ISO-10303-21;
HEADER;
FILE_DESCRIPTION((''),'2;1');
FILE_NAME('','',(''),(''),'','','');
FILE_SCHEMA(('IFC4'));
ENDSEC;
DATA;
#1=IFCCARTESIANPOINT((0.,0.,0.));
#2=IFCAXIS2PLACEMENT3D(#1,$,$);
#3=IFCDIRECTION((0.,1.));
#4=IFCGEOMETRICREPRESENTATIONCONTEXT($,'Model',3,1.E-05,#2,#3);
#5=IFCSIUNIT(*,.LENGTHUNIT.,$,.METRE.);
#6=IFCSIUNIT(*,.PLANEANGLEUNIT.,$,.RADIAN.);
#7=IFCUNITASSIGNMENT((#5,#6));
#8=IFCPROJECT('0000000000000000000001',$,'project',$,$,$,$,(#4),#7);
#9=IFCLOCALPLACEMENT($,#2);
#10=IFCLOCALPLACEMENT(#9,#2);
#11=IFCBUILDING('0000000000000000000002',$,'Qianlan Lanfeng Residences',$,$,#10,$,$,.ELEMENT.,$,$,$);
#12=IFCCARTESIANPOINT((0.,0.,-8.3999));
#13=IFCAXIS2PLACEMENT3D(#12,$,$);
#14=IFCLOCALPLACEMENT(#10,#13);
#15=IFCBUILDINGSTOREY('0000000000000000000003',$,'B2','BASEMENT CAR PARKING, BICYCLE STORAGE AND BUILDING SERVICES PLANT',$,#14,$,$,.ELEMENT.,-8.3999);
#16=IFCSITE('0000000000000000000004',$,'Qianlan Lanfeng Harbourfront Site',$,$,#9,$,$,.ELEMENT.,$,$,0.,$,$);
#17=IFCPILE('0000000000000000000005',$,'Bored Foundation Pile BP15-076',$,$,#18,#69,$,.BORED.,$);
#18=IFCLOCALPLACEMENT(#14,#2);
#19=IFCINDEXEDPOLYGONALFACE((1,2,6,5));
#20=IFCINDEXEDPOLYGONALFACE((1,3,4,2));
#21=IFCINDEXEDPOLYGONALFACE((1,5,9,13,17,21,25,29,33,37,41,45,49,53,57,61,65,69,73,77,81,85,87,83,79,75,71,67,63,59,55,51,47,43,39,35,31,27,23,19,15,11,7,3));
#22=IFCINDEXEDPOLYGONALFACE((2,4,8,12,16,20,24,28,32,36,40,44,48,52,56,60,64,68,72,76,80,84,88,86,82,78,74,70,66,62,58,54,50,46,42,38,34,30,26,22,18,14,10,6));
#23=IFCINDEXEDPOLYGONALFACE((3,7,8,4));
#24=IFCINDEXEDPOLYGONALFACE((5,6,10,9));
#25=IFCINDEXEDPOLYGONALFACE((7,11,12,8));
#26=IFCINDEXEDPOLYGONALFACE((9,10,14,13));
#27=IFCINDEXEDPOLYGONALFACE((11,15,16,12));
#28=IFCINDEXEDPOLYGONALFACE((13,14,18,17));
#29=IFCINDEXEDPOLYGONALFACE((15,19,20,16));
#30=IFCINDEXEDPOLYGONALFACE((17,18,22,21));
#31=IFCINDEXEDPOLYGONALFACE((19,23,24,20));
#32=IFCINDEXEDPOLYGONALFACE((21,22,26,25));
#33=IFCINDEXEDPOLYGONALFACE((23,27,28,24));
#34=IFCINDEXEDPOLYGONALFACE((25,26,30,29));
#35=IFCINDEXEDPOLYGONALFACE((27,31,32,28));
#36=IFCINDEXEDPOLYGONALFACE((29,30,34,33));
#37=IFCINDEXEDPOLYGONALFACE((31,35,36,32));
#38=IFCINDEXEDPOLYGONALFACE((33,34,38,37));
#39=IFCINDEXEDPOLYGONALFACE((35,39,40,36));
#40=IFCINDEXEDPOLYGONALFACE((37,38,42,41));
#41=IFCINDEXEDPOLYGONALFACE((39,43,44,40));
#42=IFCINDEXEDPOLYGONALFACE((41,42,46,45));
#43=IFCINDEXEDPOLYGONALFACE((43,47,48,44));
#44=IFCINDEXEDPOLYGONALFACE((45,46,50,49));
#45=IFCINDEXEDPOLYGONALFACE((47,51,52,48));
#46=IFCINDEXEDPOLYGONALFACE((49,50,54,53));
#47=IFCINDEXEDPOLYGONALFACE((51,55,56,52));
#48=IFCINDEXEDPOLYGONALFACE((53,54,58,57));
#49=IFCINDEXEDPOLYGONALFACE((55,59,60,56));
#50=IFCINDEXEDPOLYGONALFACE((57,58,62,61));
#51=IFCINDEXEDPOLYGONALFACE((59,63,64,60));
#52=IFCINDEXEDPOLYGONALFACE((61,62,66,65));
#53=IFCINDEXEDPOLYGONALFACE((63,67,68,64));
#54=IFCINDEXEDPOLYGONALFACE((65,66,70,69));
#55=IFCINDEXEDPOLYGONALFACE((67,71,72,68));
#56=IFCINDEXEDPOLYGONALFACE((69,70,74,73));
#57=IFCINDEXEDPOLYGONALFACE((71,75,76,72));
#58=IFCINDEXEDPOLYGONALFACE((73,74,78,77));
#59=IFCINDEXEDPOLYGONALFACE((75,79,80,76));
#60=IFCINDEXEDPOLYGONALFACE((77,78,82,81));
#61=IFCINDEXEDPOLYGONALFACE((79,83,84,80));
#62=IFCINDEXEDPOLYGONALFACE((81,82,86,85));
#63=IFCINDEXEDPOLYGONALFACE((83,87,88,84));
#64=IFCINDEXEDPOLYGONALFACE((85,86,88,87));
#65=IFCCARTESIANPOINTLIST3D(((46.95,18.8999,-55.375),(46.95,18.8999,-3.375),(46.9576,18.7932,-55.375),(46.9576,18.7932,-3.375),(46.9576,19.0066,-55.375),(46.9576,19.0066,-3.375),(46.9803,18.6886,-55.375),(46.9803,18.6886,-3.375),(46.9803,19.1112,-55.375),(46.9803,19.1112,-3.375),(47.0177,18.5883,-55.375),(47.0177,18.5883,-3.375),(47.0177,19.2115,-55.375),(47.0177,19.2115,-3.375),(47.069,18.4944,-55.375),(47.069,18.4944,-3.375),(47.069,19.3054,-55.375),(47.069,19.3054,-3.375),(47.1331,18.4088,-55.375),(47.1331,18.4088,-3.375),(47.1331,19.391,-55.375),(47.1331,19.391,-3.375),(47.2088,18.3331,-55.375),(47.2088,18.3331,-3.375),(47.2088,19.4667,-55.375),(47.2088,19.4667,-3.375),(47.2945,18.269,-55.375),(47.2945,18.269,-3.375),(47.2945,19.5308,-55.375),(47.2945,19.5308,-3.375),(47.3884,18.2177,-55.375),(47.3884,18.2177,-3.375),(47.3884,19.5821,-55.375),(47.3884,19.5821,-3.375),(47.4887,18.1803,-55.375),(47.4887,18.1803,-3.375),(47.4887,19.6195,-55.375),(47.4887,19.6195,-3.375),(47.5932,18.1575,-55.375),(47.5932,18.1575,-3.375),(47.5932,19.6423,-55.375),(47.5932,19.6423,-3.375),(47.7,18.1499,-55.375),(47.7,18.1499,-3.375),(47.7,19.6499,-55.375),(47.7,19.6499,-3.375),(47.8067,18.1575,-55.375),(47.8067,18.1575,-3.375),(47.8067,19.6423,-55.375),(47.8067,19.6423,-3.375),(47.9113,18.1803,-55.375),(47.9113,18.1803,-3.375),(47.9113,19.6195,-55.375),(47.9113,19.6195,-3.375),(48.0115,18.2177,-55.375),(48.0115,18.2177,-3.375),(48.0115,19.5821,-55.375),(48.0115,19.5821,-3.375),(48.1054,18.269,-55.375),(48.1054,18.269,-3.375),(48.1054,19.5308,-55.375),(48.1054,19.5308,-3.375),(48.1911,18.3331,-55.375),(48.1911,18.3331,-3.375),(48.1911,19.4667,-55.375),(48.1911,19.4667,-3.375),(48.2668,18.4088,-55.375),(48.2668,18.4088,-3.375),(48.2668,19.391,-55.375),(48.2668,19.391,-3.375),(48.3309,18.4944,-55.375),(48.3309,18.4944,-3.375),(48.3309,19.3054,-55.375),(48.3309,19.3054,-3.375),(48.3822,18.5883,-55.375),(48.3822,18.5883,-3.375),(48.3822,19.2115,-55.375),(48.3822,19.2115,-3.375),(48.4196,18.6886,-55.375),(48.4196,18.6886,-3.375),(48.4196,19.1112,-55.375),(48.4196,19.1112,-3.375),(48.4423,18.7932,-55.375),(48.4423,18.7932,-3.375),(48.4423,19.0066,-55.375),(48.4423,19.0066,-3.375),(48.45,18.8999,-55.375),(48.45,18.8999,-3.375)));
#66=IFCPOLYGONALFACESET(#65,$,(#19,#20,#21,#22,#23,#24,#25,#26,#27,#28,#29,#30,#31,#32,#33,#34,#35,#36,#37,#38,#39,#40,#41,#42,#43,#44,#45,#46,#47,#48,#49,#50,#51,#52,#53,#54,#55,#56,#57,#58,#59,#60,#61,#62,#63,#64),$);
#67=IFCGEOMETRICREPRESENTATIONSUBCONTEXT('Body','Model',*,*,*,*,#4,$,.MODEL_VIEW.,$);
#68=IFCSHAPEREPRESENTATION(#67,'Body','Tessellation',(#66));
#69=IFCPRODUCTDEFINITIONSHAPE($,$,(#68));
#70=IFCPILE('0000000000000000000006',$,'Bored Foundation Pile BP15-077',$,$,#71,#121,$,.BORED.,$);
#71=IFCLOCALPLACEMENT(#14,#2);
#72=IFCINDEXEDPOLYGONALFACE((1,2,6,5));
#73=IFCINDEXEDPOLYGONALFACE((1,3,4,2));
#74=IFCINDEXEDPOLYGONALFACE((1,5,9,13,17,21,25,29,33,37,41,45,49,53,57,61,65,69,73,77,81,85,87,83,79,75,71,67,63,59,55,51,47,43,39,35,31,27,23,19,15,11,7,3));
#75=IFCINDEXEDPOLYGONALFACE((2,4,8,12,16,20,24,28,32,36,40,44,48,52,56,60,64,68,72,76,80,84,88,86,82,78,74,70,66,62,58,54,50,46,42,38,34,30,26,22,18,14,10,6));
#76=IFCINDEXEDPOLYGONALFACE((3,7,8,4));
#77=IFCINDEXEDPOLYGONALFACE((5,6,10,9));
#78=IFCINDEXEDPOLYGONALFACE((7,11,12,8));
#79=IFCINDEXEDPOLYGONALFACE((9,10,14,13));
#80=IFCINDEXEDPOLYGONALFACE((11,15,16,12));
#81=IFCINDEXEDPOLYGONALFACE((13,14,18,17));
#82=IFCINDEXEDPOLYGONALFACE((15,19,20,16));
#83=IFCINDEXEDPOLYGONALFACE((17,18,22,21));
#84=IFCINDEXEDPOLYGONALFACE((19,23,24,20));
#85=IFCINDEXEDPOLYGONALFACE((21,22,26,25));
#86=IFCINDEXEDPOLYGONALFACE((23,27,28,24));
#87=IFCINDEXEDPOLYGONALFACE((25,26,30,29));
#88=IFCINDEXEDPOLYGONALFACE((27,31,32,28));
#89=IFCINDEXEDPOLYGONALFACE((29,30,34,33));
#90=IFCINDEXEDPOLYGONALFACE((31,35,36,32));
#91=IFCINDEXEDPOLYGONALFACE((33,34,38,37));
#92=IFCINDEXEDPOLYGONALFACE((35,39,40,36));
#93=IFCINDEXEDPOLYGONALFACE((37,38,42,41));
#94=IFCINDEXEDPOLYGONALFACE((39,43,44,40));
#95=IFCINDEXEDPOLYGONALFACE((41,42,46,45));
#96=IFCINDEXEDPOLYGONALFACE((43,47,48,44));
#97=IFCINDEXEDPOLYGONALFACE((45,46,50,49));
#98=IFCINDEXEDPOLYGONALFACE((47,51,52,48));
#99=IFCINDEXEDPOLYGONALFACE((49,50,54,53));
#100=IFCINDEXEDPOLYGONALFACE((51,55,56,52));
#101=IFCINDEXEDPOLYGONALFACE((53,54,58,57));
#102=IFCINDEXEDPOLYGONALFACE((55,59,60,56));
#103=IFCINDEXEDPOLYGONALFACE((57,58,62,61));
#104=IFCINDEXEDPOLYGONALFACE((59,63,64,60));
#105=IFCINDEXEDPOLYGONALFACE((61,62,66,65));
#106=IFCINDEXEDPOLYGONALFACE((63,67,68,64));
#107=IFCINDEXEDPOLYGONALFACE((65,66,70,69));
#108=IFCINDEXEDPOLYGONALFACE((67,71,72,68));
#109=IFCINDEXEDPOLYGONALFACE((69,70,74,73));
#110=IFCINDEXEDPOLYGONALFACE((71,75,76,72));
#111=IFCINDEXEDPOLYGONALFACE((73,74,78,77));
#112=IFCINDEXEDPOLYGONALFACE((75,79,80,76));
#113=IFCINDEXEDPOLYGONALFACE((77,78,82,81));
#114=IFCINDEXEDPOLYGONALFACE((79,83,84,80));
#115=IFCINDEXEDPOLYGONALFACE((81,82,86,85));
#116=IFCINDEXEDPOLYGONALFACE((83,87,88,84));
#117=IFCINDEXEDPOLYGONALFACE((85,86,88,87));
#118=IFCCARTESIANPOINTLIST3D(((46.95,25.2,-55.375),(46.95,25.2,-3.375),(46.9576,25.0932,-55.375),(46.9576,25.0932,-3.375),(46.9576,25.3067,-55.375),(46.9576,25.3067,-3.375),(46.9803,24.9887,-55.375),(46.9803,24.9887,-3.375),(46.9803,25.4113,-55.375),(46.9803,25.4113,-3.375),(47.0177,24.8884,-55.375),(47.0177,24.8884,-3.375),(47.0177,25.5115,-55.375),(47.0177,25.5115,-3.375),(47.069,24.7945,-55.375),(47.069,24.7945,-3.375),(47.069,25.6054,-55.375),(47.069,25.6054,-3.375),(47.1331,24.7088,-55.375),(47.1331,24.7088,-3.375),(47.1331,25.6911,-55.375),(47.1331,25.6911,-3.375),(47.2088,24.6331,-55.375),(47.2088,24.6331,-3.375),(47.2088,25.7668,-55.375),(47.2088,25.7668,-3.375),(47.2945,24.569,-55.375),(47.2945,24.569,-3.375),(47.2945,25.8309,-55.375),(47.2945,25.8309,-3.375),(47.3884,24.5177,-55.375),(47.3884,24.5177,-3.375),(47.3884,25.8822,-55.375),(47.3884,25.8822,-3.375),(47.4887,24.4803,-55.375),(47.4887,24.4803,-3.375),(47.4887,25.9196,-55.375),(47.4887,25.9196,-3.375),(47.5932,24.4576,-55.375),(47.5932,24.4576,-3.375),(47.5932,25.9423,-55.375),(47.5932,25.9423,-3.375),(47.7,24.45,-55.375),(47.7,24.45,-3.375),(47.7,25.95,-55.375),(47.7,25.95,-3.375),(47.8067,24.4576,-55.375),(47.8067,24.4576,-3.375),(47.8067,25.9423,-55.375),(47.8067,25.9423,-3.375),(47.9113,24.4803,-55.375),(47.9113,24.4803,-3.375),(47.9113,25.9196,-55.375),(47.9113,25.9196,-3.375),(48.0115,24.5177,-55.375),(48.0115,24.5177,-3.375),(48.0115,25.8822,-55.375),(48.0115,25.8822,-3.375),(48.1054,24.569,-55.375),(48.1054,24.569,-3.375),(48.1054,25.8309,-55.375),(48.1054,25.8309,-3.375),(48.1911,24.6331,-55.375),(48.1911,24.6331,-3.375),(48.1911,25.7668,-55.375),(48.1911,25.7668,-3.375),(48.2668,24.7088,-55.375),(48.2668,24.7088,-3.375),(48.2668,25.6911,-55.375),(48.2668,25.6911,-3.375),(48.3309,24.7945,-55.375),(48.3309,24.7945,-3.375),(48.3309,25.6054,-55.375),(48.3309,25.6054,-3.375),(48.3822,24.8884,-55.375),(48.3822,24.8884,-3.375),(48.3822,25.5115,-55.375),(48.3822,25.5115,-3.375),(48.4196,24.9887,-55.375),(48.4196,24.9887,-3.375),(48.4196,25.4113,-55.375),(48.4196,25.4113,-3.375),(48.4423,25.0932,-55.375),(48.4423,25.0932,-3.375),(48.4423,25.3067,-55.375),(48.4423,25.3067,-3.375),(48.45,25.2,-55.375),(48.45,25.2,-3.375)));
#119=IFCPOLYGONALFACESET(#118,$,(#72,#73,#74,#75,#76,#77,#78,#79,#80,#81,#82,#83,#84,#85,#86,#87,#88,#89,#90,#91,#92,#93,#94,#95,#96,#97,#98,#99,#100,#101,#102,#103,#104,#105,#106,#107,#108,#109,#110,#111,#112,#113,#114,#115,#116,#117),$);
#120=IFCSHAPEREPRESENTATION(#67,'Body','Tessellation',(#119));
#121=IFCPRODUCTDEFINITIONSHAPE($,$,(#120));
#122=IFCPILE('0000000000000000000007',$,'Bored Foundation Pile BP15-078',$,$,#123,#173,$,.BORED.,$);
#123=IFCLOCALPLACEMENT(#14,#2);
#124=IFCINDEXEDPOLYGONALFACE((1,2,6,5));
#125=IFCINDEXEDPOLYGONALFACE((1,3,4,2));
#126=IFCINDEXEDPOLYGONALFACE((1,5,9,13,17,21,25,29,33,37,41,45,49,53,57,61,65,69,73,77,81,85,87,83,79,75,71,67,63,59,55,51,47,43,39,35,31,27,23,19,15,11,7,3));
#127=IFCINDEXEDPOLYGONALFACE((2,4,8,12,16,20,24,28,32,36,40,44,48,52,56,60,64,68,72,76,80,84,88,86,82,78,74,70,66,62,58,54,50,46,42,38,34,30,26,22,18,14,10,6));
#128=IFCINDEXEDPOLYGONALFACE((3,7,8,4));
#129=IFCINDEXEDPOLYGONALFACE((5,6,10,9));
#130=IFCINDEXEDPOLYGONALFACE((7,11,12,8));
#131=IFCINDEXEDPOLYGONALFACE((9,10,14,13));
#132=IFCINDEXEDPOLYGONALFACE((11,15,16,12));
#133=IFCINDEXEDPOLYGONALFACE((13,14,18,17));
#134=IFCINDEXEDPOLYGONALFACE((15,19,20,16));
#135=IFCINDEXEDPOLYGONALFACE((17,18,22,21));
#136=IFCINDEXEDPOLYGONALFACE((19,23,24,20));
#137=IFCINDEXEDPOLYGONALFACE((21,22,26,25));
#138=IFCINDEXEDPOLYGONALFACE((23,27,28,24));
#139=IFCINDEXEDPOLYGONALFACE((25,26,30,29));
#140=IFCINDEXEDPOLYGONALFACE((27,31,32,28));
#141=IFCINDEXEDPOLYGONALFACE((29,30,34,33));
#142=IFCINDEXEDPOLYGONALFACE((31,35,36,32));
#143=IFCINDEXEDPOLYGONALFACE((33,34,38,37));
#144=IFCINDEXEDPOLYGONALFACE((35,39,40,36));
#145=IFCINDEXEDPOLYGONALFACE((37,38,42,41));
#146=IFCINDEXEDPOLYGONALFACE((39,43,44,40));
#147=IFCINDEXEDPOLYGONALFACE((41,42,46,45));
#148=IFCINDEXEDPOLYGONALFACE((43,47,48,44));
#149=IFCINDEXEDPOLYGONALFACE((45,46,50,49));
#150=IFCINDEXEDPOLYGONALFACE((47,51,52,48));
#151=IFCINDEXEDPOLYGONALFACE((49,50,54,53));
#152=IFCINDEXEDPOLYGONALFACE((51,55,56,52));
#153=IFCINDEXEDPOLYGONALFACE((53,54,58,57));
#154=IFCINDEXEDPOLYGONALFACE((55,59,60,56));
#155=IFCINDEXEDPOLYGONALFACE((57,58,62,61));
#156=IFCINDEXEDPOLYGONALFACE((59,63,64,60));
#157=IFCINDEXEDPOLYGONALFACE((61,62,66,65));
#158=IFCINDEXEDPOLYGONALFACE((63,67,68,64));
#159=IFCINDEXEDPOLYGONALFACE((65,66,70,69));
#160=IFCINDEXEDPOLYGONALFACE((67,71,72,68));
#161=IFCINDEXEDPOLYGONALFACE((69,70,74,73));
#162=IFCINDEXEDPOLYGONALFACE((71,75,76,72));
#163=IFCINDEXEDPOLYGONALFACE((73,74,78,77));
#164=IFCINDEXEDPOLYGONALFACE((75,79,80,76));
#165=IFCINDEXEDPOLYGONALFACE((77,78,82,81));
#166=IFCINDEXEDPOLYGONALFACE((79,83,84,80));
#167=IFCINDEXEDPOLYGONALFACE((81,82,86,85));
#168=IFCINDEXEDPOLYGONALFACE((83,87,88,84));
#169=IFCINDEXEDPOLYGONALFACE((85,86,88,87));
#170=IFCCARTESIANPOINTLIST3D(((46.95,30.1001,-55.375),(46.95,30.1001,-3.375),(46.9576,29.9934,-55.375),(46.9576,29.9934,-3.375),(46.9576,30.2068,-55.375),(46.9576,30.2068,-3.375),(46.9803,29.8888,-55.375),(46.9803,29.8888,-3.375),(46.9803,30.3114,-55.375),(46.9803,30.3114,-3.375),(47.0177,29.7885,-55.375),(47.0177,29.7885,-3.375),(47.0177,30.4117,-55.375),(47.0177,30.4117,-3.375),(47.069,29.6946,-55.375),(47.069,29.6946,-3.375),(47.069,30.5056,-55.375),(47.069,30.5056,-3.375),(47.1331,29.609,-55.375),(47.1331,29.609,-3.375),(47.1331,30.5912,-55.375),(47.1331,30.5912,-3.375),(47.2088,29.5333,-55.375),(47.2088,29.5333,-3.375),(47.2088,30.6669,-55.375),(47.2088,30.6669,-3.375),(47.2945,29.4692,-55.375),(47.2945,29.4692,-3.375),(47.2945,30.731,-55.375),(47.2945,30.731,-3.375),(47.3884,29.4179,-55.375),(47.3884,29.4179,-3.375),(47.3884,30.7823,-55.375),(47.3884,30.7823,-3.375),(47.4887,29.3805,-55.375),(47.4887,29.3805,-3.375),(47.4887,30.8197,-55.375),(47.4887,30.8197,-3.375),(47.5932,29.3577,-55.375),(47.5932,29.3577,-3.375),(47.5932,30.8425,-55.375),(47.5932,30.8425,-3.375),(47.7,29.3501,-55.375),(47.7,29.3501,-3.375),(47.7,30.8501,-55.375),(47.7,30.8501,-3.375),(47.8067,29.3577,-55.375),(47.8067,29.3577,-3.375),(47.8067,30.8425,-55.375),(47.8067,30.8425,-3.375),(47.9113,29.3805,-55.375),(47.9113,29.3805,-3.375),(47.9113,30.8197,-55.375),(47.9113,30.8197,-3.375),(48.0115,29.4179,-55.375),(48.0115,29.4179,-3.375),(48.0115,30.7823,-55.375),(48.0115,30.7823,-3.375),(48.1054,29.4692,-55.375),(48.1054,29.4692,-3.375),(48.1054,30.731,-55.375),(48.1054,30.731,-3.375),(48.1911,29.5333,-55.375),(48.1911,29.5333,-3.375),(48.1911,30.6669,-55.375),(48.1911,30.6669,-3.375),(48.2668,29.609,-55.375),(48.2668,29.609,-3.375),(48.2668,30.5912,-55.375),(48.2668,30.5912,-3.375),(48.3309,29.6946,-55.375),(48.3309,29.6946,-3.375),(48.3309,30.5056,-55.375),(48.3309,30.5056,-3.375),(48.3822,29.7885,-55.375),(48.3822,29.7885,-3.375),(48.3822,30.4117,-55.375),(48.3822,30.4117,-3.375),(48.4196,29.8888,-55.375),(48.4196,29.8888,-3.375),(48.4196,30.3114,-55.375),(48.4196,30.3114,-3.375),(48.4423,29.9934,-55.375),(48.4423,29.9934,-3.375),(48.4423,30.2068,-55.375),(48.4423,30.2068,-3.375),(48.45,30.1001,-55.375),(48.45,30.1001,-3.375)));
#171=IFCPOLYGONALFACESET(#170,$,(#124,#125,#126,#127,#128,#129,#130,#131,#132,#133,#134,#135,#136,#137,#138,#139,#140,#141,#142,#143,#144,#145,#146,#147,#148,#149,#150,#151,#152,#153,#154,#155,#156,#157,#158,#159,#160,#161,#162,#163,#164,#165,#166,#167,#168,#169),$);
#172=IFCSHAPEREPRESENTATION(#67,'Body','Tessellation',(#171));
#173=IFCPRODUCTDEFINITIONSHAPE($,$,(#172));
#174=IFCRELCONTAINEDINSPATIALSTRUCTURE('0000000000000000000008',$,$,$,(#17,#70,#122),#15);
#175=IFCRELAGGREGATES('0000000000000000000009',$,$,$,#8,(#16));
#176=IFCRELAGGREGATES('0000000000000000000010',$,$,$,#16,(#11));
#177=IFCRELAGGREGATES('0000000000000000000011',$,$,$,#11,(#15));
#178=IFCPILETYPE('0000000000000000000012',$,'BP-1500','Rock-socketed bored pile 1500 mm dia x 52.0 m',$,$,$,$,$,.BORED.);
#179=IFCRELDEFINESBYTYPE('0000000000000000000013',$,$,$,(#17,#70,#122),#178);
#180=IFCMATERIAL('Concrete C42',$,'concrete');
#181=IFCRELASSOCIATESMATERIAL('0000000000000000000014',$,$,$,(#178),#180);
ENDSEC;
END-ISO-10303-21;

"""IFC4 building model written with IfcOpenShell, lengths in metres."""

from ifc_helpers import new_model, si_unit, direction, frame, origin, origin_2d, place, context, subcontext, project, spatial, circle, extrude, material, material_profile, profile_set, type_object, element, save


model = new_model("IFC4")

# Units and contexts
model_context = context("Model", 3, precision=1e-05, world=origin(), true_north=direction((0.0, 1.0)))
body_context = subcontext(model_context, "Body", "Model", "MODEL_VIEW")
ifc_project = project(units=[si_unit("LENGTHUNIT", "METRE"), si_unit("PLANEANGLEUNIT", "RADIAN")], contexts=[model_context])

# Site, building, storey
site_placement = place(None, origin())
site = spatial("IfcSite", under=ifc_project, at=site_placement, Name="Qianlan Lanfeng Harbourfront Site", CompositionType="ELEMENT", RefElevation=0.0)
building_placement = place(site_placement, origin())
building = spatial("IfcBuilding", under=site, at=building_placement, Name="Qianlan Lanfeng Residences", CompositionType="ELEMENT")
storey_placement = place(building_placement, frame((0.0, 0.0, -8.3999)))
storey = spatial("IfcBuildingStorey", under=building, at=storey_placement, Name="B2", Description="BASEMENT CAR PARKING, BICYCLE STORAGE AND BUILDING SERVICES PLANT", CompositionType="ELEMENT", Elevation=-8.3999)

# Piles
ifc_material_1 = material(Name="Concrete C42", Category="concrete")
ifc_material_profile_1 = material_profile(ifc_material_1, circle(Radius=0.75, at=origin_2d()), Name="PILE D1500")
ifc_profile_set_1 = profile_set([ifc_material_profile_1], Name="Concrete C42")
pile_type_1 = type_object("IfcPileType", Name="BP-1500", Description="Rock-socketed bored pile 1500 mm dia x 52.0 m", PredefinedType="BORED", material=ifc_profile_set_1)
for number, where, z_axis, x_axis, name in (
    (1, (47.7, 18.8999, -3.375), (0.0, 0.0, -1.0), (1.0, 0.0, 0.0), "Bored Foundation Pile BP15-076"),
    (2, (47.7, 25.2, -3.375), (0.0, 0.0, -1.0), (1.0, 0.0, 0.0), "Bored Foundation Pile BP15-077"),
    (3, (47.7, 30.1001, -3.375), (0.0, 0.0, -1.0), (1.0, 0.0, 0.0), "Bored Foundation Pile BP15-078"),
):
    element("IfcPile", number, at=place(storey_placement, frame(where, z_axis=z_axis, x_axis=x_axis)), inside=storey, type_object=pile_type_1, Name=name, PredefinedType="BORED", context=body_context, shape_type="SweptSolid", body=[
        extrude(circle(Radius=0.75, at=origin_2d()), origin(), (0.0, 0.0, 1.0), 52.0),
    ])

save(model, "model.ifc")
